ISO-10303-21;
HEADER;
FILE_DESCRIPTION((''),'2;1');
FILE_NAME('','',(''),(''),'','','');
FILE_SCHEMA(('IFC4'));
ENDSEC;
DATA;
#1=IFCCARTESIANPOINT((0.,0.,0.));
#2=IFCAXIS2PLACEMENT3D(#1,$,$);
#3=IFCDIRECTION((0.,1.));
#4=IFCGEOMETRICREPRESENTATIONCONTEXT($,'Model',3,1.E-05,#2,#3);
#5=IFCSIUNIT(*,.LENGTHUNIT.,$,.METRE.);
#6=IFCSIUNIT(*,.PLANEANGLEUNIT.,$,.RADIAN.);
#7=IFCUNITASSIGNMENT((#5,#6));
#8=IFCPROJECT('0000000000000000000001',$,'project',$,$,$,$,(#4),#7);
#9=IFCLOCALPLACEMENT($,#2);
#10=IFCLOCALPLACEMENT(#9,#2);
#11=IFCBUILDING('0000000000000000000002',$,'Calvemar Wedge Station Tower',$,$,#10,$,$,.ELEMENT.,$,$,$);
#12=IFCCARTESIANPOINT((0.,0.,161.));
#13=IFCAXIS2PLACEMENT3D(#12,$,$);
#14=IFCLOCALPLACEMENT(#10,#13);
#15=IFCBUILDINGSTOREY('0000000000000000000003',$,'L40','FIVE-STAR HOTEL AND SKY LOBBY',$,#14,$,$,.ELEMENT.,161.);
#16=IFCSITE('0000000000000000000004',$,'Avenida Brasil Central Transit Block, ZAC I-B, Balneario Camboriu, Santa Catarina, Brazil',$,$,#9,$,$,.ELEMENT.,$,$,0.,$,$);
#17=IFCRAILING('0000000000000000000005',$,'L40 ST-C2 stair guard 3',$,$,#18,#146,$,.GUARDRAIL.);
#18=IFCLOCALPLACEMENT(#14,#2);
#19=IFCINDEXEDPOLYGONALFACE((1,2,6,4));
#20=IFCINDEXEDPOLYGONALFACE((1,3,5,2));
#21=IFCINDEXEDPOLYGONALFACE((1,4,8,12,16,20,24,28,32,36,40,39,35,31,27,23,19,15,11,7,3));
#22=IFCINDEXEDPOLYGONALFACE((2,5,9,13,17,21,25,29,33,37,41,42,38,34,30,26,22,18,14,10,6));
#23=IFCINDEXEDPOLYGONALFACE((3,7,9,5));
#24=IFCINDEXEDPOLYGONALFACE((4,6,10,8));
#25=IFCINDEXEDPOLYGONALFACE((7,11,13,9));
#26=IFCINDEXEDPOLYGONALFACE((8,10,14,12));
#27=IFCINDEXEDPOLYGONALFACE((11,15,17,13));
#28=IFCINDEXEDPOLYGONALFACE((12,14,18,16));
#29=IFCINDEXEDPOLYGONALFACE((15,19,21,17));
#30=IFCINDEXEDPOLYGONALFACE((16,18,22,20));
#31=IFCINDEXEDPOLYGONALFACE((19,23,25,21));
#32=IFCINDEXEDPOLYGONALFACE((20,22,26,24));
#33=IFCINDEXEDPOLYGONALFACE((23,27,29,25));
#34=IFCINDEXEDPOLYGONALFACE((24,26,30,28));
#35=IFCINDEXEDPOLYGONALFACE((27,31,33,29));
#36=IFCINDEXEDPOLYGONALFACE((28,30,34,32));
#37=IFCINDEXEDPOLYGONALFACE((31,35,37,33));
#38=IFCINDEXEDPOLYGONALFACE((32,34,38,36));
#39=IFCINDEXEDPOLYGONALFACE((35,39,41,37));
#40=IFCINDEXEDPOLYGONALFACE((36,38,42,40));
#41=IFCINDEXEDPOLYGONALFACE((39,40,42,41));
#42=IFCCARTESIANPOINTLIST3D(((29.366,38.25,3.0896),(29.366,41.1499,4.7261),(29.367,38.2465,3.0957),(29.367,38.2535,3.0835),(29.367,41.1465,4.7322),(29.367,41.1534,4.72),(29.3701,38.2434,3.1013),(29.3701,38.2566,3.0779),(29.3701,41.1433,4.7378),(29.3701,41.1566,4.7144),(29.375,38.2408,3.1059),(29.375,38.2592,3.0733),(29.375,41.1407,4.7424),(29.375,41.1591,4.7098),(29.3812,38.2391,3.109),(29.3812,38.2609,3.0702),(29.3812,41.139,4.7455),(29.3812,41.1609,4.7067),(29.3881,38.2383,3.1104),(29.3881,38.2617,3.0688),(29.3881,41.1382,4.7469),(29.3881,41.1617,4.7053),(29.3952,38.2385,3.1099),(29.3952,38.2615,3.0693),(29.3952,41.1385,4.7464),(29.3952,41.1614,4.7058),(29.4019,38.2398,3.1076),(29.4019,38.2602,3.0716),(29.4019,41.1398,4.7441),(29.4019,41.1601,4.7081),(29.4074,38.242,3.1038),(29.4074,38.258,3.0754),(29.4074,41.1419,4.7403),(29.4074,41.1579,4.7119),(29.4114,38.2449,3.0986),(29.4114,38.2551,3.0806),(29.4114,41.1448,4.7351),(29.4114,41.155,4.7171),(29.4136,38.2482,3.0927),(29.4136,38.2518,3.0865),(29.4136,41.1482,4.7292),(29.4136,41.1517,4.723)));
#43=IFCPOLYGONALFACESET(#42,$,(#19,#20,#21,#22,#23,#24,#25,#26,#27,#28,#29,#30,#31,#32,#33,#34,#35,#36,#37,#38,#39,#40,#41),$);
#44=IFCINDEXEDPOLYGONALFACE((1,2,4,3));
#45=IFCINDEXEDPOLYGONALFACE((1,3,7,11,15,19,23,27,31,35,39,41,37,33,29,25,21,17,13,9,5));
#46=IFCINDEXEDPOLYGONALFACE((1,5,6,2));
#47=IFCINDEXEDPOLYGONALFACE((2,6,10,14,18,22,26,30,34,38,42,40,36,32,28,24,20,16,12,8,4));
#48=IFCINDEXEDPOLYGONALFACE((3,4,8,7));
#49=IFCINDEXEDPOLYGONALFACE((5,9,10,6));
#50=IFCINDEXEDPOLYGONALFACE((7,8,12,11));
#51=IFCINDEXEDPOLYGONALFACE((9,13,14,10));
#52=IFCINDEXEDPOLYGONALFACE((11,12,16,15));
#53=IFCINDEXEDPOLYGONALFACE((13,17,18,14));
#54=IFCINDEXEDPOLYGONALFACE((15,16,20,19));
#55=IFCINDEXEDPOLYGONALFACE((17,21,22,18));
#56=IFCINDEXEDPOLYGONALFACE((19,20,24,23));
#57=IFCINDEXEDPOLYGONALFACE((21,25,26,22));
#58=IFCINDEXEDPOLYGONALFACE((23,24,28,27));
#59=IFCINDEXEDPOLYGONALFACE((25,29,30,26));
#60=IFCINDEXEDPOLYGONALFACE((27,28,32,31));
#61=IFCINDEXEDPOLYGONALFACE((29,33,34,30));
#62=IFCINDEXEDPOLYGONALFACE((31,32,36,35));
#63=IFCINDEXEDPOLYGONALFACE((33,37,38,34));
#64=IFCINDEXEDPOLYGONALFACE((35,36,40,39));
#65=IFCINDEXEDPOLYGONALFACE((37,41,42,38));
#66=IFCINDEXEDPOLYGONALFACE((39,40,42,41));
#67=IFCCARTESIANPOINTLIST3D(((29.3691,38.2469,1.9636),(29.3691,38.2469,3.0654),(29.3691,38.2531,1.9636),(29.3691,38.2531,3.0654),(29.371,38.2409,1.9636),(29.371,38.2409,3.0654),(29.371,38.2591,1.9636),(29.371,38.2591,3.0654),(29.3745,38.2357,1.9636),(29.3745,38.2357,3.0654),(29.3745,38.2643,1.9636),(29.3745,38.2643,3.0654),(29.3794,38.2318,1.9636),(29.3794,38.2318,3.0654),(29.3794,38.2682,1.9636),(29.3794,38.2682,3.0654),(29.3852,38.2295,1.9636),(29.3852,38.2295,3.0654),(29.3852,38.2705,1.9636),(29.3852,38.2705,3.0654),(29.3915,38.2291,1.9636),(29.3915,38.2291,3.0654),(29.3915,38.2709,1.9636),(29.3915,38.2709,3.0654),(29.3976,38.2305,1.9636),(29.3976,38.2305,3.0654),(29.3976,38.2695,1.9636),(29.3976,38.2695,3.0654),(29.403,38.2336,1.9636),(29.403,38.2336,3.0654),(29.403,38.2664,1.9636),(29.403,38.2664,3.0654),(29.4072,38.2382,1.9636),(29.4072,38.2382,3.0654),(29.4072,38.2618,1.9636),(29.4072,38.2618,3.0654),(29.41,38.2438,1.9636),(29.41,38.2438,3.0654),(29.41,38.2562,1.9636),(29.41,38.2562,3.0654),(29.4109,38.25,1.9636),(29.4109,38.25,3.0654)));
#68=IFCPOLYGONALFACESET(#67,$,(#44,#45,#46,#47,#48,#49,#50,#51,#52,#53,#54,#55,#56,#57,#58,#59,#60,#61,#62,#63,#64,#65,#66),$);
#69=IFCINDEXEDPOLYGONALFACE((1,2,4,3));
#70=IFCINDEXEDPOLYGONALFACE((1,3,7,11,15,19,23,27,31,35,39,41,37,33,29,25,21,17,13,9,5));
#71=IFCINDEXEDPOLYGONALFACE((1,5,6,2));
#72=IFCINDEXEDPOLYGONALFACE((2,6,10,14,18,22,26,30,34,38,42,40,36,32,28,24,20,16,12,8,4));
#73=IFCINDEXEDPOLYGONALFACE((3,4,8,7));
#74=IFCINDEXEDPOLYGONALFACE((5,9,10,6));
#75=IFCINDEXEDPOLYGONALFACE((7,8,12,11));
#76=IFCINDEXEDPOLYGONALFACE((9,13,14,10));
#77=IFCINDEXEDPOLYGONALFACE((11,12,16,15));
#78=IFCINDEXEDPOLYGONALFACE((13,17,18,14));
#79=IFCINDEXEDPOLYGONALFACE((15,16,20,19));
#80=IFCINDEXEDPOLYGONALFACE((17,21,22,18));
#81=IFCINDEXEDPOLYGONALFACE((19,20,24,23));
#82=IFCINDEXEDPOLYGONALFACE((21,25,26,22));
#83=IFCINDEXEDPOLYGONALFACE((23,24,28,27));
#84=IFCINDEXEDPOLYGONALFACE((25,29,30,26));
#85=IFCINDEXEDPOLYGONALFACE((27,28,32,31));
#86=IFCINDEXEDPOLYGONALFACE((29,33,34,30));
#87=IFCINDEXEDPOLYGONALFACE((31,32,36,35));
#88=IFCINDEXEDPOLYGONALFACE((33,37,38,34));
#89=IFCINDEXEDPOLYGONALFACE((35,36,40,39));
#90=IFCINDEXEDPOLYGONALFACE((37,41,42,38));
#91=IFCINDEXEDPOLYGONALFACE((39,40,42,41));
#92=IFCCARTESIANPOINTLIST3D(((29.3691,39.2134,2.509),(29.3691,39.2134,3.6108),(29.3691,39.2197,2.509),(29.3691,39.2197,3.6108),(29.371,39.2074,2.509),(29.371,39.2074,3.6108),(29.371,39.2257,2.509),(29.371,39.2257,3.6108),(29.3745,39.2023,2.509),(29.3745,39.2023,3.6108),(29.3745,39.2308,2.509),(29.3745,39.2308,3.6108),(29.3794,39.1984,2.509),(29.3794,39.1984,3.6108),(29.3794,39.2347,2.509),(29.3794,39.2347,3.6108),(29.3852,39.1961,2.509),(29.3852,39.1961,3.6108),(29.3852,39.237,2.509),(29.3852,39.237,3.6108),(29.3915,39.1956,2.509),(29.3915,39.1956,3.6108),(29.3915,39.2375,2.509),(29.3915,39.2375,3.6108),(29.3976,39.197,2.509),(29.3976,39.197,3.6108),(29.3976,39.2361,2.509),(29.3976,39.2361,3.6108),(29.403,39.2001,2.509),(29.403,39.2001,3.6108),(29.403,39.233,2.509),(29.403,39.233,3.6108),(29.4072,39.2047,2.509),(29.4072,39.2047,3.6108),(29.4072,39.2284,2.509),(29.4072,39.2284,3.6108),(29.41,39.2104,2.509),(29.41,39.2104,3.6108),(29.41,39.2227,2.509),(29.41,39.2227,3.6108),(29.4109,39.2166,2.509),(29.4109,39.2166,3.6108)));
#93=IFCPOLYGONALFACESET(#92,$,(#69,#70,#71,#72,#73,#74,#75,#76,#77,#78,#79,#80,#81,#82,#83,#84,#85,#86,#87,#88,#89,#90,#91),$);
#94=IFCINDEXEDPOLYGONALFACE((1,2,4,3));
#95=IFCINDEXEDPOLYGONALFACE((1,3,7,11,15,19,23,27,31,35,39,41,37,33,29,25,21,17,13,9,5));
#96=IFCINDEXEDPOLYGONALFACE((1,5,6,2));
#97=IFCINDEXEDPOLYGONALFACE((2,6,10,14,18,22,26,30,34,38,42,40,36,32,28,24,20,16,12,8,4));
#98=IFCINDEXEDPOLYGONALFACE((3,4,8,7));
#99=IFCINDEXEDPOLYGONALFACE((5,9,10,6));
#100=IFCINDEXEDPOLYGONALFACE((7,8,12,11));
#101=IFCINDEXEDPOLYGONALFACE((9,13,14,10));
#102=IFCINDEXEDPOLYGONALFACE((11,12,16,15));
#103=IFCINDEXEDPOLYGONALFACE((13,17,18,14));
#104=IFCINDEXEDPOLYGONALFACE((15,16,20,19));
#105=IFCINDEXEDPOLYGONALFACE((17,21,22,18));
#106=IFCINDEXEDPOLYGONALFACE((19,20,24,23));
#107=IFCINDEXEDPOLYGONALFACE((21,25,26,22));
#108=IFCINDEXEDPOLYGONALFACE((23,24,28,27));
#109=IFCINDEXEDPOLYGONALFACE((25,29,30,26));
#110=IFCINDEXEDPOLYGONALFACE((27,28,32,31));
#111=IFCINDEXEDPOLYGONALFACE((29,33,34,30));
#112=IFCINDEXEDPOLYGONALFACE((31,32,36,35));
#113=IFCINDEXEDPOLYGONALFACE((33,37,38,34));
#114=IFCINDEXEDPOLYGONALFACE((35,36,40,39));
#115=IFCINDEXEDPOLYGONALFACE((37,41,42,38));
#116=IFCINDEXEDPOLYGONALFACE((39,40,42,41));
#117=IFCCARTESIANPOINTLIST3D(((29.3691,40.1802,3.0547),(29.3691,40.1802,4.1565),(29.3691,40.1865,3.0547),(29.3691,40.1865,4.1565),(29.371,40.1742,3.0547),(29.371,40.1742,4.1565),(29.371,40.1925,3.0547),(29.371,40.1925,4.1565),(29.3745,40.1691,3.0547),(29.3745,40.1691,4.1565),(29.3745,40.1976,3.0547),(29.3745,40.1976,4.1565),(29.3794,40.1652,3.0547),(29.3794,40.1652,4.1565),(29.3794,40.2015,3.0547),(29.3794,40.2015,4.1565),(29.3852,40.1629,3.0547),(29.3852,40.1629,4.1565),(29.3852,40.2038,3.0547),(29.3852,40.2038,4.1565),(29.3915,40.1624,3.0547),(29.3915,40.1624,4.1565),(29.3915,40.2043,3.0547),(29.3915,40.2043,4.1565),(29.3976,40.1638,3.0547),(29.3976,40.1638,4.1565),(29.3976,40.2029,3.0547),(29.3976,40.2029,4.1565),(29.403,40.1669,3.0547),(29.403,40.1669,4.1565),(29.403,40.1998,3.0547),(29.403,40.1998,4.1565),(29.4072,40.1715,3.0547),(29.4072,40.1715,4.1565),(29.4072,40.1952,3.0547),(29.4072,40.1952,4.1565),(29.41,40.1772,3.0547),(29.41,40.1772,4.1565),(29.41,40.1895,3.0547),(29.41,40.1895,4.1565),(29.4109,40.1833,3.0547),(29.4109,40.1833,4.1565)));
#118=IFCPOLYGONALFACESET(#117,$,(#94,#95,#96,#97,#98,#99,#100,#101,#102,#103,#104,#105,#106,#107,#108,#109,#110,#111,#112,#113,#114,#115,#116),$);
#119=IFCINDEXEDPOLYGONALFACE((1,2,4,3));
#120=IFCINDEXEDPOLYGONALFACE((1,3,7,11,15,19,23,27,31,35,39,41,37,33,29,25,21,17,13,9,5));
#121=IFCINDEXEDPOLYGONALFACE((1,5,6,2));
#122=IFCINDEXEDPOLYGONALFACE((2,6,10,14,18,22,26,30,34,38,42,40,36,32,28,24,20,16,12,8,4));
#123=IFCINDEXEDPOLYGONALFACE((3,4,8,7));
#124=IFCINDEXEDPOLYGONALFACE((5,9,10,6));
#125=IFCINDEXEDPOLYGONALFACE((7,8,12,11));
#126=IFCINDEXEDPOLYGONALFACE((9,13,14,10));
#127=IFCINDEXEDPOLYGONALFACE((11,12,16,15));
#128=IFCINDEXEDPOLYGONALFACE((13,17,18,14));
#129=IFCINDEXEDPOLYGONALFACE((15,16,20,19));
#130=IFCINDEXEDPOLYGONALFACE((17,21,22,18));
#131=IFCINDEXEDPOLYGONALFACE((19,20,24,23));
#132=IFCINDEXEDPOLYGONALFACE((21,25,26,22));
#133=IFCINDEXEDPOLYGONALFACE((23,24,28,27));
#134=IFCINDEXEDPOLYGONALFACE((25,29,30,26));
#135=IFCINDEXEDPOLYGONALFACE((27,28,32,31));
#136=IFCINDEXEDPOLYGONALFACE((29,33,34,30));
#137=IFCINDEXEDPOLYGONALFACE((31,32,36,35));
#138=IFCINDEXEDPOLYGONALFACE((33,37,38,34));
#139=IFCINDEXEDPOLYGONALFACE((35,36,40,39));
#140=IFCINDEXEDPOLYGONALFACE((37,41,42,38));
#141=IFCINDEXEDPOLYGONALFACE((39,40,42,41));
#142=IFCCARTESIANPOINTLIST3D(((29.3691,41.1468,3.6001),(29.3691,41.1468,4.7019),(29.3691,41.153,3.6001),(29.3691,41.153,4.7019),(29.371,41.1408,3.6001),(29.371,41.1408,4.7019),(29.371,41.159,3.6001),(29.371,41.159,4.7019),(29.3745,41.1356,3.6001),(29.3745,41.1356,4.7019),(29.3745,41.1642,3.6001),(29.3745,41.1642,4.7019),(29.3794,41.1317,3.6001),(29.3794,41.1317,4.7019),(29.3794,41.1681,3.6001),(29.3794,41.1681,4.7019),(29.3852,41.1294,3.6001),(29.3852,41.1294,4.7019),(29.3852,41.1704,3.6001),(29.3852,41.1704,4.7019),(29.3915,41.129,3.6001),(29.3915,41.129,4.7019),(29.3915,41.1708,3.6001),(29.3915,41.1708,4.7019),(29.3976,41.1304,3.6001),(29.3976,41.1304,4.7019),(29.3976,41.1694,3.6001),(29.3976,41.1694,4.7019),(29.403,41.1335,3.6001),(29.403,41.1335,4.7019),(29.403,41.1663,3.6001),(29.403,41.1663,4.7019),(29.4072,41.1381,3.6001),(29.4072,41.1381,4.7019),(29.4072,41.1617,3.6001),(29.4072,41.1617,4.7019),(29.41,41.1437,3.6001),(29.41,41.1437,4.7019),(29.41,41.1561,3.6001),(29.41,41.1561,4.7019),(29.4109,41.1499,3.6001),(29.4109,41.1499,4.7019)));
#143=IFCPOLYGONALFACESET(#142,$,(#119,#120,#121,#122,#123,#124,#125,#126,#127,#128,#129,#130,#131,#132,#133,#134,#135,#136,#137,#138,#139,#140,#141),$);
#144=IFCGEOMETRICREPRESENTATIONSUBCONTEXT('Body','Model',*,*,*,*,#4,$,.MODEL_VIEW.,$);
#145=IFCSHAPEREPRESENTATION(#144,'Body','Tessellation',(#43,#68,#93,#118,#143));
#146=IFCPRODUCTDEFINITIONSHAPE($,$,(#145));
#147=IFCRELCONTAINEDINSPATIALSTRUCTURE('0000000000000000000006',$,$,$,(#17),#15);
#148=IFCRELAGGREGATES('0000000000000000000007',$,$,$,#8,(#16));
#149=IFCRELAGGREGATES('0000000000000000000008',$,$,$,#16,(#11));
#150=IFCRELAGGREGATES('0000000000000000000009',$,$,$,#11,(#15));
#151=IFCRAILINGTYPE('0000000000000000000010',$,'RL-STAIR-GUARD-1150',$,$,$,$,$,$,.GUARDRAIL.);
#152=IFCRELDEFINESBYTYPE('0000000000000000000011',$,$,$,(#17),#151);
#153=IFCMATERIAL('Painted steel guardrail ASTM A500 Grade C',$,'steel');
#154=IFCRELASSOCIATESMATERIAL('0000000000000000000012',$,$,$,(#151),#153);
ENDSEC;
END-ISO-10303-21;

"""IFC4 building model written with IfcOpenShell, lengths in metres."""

from ifc_helpers import new_model, si_unit, direction, frame, origin, origin_2d, place, context, subcontext, project, spatial, circle, extrude, material, type_object, element, save


model = new_model("IFC4")

# Units and contexts
model_context = context("Model", 3, precision=1e-05, world=origin(), true_north=direction((0.0, 1.0)))
body_context = subcontext(model_context, "Body", "Model", "MODEL_VIEW")
ifc_project = project(units=[si_unit("LENGTHUNIT", "METRE"), si_unit("PLANEANGLEUNIT", "RADIAN")], contexts=[model_context])

# Site, building, storey
site_placement = place(None, origin())
site = spatial("IfcSite", under=ifc_project, at=site_placement, Name="Avenida Brasil Central Transit Block, ZAC I-B, Balneario Camboriu, Santa Catarina, Brazil", CompositionType="ELEMENT", RefElevation=0.0)
building_placement = place(site_placement, origin())
building = spatial("IfcBuilding", under=site, at=building_placement, Name="Calvemar Wedge Station Tower", CompositionType="ELEMENT")
storey_placement = place(building_placement, frame((0.0, 0.0, 161.0)))
storey = spatial("IfcBuildingStorey", under=building, at=storey_placement, Name="L40", Description="FIVE-STAR HOTEL AND SKY LOBBY", CompositionType="ELEMENT", Elevation=161.0)

# Railing
ifc_material_1 = material(Name="Painted steel guardrail ASTM A500 Grade C", Category="steel")
railing_type_1 = type_object("IfcRailingType", Name="RL-STAIR-GUARD-1150", PredefinedType="GUARDRAIL", material=ifc_material_1)
railing_1_placement = place(storey_placement, frame((29.3899, 38.25, 1.9636)))
element("IfcRailing", 1, at=railing_1_placement, inside=storey, type_object=railing_type_1, Name="L40 ST-C2 stair guard 3", PredefinedType="GUARDRAIL", context=body_context, shape_type="SweptSolid", body=[
    extrude(circle(Radius=0.0239, at=origin_2d()), frame((0.0, 0.0, 1.126), z_axis=(0.0, 0.870897, 0.491465), x_axis=(-1.0, 0.0, 0.0)), (0.0, 0.0, 1.0), 3.3298),
    extrude(circle(Radius=0.021, at=origin_2d()), origin(), (0.0, 0.0, 1.0), 1.1018),
    extrude(circle(Radius=0.021, at=origin_2d()), frame((0.0, 0.9666, 0.5454)), (0.0, 0.0, 1.0), 1.1018),
    extrude(circle(Radius=0.021, at=origin_2d()), frame((0.0, 1.9333, 1.0911)), (0.0, 0.0, 1.0), 1.1018),
    extrude(circle(Radius=0.021, at=origin_2d()), frame((0.0, 2.8999, 1.6365)), (0.0, 0.0, 1.0), 1.1018),
])

save(model, "model.ifc")
